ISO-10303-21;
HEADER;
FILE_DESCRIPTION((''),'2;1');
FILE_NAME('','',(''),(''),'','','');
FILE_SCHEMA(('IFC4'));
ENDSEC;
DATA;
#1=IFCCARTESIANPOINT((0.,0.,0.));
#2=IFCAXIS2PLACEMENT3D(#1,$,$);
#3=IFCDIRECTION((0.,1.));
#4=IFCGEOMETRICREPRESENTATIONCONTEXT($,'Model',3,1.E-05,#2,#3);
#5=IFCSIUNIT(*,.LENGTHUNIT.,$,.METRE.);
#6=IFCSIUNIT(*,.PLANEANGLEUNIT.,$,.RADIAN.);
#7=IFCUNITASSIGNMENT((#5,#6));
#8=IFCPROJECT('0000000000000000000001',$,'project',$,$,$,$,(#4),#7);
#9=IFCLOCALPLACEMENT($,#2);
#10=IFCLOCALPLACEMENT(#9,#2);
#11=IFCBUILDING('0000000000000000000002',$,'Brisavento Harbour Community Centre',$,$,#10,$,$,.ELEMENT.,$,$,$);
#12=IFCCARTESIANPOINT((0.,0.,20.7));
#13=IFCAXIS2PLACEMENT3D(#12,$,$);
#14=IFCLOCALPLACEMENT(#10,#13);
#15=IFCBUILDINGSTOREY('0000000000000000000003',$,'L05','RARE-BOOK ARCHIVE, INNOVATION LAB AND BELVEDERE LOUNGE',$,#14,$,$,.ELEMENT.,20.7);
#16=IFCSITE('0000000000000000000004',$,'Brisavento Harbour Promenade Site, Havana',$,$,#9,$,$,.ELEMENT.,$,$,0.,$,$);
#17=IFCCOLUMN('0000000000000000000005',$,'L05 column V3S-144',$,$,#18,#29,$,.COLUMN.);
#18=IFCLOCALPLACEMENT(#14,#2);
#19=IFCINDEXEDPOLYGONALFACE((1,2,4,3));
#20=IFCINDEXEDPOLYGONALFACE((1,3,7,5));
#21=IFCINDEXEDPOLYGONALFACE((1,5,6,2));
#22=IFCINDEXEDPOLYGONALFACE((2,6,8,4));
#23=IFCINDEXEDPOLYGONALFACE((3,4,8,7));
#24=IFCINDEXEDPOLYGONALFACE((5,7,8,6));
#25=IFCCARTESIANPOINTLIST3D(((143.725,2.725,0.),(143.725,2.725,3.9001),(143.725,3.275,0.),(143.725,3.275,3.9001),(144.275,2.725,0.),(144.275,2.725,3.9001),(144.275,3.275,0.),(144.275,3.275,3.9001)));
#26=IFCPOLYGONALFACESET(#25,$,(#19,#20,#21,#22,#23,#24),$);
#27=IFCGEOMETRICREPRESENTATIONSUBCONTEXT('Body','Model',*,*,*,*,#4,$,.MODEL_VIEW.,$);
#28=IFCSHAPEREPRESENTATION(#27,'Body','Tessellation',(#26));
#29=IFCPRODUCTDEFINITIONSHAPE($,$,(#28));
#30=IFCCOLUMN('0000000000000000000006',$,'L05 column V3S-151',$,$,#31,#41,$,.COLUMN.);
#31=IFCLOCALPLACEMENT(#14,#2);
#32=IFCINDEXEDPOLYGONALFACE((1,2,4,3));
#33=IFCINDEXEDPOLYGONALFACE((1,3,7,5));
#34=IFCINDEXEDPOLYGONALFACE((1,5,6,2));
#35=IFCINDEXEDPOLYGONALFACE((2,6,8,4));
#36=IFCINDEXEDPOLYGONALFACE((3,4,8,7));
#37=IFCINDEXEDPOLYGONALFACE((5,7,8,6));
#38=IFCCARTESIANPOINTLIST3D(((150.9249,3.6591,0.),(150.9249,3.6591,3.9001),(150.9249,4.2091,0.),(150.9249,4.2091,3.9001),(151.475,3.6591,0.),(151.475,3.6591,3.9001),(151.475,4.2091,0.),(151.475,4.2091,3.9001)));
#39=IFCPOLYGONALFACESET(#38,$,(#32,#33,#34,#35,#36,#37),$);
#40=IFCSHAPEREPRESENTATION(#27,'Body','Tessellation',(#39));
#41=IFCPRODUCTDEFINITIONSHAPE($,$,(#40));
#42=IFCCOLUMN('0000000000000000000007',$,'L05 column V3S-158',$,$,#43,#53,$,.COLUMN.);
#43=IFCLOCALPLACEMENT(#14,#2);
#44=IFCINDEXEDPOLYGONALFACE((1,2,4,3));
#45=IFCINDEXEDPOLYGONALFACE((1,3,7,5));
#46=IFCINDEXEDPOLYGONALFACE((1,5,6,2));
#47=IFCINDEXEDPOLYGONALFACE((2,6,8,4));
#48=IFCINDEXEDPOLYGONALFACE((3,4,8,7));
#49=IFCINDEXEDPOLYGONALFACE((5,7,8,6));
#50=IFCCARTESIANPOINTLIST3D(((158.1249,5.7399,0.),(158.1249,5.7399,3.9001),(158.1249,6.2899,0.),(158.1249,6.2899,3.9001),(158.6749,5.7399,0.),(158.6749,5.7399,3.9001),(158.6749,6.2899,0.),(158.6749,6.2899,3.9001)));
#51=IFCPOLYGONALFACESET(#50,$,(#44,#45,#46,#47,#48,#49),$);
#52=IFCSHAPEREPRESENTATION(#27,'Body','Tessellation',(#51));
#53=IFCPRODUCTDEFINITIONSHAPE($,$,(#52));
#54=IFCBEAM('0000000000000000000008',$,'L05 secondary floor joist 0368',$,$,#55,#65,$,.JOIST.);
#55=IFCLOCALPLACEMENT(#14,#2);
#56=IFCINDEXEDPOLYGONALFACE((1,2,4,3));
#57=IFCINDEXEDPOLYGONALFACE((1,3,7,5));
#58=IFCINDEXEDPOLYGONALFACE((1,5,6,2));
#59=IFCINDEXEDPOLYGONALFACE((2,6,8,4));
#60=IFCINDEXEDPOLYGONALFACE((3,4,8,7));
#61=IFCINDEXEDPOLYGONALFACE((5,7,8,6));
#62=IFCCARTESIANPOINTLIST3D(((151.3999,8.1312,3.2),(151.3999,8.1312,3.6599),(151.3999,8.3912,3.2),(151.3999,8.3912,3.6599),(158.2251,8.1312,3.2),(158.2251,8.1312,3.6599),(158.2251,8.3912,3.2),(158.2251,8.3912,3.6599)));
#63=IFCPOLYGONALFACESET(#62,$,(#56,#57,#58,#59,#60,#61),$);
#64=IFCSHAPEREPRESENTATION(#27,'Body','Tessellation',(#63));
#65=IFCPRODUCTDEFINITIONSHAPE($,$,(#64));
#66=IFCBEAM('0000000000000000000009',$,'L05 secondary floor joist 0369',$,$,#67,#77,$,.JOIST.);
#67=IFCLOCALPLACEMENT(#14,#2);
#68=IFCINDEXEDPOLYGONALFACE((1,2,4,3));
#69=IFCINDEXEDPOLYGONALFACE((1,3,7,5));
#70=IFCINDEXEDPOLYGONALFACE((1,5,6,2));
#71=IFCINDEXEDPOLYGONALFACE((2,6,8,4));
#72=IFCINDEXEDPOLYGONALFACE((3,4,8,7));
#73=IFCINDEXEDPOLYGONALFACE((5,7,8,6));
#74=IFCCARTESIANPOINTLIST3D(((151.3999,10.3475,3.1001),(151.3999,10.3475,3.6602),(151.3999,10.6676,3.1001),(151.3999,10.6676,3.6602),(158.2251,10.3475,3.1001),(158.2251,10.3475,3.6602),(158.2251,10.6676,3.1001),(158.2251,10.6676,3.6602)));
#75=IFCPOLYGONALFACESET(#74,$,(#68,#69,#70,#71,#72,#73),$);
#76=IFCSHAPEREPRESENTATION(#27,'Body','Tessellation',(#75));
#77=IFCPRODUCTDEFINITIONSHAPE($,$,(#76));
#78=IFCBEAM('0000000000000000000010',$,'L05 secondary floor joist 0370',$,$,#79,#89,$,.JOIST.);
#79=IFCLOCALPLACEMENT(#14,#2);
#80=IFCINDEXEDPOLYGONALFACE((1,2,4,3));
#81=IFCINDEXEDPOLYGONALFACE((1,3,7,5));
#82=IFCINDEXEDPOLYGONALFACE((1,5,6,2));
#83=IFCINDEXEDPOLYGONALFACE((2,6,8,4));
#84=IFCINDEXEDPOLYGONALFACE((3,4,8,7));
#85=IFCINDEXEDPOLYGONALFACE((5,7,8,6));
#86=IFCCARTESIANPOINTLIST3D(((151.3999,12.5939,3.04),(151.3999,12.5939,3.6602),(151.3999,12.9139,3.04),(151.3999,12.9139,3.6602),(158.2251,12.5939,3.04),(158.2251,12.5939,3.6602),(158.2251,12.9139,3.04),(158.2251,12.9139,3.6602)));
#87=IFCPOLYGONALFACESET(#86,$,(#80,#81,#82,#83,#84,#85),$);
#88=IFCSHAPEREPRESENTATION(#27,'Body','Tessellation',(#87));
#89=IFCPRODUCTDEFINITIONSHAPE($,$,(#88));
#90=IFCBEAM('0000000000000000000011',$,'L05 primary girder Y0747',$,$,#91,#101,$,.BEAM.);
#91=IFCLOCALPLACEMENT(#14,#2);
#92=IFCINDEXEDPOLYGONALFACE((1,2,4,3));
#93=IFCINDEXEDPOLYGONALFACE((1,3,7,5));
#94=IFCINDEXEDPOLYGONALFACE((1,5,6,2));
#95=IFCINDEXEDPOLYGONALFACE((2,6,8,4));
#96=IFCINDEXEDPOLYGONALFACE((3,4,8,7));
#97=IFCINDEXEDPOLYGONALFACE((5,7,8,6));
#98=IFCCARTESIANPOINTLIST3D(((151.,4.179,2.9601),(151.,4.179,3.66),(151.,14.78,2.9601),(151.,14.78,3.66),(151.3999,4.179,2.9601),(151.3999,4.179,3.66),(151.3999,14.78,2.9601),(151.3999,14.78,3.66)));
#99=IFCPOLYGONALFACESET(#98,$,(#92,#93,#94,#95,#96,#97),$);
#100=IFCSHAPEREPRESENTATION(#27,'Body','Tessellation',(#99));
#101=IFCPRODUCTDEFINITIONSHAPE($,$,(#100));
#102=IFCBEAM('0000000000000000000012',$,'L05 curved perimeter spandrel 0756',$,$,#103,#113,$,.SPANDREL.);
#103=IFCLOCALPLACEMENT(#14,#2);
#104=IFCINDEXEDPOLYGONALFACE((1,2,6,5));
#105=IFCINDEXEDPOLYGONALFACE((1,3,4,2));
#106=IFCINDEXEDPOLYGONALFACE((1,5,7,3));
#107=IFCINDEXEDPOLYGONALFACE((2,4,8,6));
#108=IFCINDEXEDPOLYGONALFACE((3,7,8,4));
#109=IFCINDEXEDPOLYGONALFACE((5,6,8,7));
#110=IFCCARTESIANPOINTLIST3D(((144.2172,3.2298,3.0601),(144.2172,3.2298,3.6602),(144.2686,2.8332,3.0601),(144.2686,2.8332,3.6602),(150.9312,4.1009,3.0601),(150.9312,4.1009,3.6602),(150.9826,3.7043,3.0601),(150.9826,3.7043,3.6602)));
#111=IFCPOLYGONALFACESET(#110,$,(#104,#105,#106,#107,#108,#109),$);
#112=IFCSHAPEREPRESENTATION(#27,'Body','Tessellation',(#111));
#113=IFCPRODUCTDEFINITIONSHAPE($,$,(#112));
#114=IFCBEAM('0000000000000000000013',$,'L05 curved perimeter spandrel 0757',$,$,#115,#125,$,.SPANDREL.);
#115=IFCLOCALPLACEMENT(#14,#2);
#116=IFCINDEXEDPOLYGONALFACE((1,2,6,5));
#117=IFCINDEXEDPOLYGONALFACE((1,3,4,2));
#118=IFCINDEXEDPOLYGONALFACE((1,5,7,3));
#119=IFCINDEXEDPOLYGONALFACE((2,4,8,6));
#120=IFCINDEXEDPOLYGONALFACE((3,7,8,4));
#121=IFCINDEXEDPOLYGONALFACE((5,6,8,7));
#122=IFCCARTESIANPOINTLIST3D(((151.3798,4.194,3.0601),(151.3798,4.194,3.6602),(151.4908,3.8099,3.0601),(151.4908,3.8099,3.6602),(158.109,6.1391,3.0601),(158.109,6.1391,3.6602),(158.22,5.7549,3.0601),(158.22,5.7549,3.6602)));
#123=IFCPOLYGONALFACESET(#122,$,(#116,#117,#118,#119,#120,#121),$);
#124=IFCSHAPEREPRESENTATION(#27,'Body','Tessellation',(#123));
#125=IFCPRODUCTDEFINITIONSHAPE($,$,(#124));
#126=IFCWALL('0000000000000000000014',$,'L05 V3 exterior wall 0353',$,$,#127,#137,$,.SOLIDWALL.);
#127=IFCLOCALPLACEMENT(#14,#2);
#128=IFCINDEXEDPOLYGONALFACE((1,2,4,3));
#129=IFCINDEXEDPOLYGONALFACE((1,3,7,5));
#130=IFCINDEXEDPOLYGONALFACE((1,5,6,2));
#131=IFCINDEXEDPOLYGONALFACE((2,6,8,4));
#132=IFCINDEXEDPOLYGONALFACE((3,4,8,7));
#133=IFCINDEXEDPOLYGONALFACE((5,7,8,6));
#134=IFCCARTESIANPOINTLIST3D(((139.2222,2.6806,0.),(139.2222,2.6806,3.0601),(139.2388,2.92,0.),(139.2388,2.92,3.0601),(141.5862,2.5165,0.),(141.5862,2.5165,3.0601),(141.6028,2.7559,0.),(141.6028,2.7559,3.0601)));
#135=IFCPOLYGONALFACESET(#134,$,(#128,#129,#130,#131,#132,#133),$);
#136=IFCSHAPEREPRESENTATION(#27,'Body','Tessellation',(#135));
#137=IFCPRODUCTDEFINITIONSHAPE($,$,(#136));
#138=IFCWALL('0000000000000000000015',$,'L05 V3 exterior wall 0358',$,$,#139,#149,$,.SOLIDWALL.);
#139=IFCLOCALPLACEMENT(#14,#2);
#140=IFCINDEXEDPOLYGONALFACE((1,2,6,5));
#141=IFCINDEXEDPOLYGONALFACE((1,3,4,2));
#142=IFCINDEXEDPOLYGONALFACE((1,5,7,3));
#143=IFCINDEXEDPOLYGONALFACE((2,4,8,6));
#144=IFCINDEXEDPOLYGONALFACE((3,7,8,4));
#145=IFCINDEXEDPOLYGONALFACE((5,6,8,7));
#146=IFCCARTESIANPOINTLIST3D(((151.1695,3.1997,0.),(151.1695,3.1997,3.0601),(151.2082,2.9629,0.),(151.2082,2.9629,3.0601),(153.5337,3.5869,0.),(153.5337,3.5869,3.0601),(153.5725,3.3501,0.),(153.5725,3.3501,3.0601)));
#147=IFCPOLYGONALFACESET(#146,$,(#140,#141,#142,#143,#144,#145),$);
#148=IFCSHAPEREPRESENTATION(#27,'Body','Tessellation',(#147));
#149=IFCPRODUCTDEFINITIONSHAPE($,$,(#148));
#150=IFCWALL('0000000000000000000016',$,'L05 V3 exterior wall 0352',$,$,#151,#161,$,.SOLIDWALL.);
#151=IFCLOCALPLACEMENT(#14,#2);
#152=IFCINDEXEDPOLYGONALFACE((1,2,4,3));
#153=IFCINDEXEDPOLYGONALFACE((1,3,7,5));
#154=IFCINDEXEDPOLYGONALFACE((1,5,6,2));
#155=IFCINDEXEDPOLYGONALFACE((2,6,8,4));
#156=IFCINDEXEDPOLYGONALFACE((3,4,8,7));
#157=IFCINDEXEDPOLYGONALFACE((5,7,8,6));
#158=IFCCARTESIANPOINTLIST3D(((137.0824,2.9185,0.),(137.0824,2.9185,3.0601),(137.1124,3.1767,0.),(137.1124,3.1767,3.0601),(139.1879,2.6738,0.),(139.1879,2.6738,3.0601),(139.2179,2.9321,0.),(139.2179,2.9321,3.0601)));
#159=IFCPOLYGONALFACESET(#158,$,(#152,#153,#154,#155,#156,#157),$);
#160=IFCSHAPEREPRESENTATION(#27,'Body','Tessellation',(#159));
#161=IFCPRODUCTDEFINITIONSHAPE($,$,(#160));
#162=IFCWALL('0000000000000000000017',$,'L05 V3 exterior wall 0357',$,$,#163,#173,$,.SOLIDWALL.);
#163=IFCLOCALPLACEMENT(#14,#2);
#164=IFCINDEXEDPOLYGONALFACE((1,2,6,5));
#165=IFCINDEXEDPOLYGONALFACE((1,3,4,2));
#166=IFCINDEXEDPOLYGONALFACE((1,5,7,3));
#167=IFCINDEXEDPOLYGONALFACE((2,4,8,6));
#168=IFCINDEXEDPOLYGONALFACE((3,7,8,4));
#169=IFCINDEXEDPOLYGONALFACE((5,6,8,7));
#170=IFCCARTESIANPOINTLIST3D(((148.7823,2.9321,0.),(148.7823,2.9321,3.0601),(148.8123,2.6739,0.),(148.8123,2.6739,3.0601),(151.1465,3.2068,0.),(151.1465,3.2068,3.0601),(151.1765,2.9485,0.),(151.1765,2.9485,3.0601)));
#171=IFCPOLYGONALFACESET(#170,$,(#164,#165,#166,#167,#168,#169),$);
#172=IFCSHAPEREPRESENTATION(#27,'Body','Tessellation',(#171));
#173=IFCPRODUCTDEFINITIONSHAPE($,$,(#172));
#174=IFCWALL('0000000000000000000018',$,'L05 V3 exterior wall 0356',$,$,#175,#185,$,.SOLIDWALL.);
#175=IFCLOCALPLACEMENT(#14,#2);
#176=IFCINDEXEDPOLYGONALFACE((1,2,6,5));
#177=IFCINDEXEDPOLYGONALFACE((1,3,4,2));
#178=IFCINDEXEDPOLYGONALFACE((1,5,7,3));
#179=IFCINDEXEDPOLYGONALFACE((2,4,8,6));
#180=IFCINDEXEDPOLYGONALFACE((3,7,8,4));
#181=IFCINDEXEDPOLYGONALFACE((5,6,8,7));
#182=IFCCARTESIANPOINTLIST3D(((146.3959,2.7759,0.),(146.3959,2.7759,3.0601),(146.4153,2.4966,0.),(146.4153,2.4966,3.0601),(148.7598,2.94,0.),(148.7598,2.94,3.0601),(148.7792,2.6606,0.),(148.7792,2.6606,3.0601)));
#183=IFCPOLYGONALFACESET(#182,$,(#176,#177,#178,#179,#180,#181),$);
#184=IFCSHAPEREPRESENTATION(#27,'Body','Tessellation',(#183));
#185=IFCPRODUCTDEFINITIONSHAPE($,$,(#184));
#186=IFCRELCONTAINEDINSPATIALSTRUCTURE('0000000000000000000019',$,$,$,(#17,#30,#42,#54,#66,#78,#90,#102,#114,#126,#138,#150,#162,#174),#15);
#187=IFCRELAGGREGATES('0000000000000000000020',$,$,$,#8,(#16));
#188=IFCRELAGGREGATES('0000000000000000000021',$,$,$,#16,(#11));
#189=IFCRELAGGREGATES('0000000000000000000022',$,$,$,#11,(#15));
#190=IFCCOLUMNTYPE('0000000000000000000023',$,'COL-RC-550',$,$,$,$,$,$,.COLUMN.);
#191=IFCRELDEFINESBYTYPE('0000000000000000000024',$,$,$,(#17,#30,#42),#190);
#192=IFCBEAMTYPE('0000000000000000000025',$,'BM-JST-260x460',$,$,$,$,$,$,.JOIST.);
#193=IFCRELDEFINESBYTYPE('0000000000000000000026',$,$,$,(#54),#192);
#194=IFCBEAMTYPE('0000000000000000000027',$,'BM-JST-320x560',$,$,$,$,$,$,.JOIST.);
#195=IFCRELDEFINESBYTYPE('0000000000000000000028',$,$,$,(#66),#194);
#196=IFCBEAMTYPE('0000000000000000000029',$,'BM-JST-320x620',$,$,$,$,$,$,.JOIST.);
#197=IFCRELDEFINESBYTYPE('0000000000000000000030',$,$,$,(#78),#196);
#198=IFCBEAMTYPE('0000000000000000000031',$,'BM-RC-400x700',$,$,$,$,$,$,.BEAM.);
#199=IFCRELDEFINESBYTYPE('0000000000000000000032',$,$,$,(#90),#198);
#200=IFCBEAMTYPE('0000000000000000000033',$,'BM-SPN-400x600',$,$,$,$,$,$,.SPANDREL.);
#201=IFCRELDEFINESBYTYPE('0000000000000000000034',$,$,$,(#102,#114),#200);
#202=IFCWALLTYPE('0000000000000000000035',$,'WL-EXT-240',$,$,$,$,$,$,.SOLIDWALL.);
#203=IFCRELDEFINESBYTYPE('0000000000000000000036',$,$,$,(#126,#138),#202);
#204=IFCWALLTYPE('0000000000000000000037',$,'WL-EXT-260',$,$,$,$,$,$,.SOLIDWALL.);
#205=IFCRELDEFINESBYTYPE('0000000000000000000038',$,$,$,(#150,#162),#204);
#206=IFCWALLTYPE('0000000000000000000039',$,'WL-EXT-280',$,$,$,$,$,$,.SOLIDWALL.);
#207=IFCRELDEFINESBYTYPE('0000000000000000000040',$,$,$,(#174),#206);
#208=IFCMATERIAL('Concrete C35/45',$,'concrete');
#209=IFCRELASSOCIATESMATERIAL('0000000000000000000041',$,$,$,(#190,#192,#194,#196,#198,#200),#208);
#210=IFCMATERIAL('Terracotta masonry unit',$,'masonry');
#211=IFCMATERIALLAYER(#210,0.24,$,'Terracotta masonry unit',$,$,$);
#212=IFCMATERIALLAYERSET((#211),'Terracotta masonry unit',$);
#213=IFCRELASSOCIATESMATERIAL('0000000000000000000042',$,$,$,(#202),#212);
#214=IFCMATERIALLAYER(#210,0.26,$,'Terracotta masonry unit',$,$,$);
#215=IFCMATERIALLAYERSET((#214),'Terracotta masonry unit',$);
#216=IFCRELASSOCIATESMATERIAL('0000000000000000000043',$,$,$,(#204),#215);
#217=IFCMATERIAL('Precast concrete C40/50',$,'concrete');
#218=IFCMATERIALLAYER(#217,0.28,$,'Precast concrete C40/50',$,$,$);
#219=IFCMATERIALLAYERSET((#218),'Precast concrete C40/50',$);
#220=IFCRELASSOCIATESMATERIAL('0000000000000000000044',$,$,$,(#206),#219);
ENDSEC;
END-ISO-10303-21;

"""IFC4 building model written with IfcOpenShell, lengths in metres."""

from ifc_helpers import new_model, si_unit, direction, frame, frame_2d, origin, origin_2d, place, context, subcontext, project, spatial, rectangle, extrude, material, layer, layer_set, material_profile, profile_set, type_object, element, save


model = new_model("IFC4")

# Units and contexts
model_context = context("Model", 3, precision=1e-05, world=origin(), true_north=direction((0.0, 1.0)))
body_context = subcontext(model_context, "Body", "Model", "MODEL_VIEW")
ifc_project = project(units=[si_unit("LENGTHUNIT", "METRE"), si_unit("PLANEANGLEUNIT", "RADIAN")], contexts=[model_context])

# Site, building, storey
site_placement = place(None, origin())
site = spatial("IfcSite", under=ifc_project, at=site_placement, Name="Brisavento Harbour Promenade Site, Havana", CompositionType="ELEMENT", RefElevation=0.0)
building_placement = place(site_placement, origin())
building = spatial("IfcBuilding", under=site, at=building_placement, Name="Brisavento Harbour Community Centre", CompositionType="ELEMENT")
storey_placement = place(building_placement, frame((0.0, 0.0, 20.7)))
storey = spatial("IfcBuildingStorey", under=building, at=storey_placement, Name="L05", Description="RARE-BOOK ARCHIVE, INNOVATION LAB AND BELVEDERE LOUNGE", CompositionType="ELEMENT", Elevation=20.7)

# Columns
ifc_material_1 = material(Name="Concrete C35/45", Category="concrete")
ifc_material_profile_1 = material_profile(ifc_material_1, rectangle(XDim=0.55, YDim=0.55, at=origin_2d()), Name="Concrete C35/45")
ifc_profile_set_1 = profile_set([ifc_material_profile_1], Name="Concrete C35/45")
column_type = type_object("IfcColumnType", Name="COL-RC-550", PredefinedType="COLUMN", material=ifc_profile_set_1)
for number, where, z_axis, x_axis, name in (
    (1, (144.0, 3.0, 0.0), (0.0, 0.0, 1.0), (1.0, 0.0, 0.0), "L05 column V3S-144"),
    (2, (151.2, 3.9341, 0.0), (0.0, 0.0, 1.0), (1.0, 0.0, 0.0), "L05 column V3S-151"),
    (3, (158.3999, 6.0149, 0.0), (0.0, 0.0, 1.0), (1.0, 0.0, 0.0), "L05 column V3S-158"),
):
    element("IfcColumn", number, at=place(storey_placement, frame(where, z_axis=z_axis, x_axis=x_axis)), inside=storey, type_object=column_type, Name=name, PredefinedType="COLUMN", context=body_context, shape_type="SweptSolid", body=[
        extrude(rectangle(XDim=0.55, YDim=0.55, at=origin_2d()), origin(), (0.0, 0.0, 1.0), 3.9001),
    ])

# Beams
ifc_material_profile_2 = material_profile(ifc_material_1, rectangle(XDim=0.26, YDim=0.46, at=origin_2d()), Name="Concrete C35/45")
ifc_profile_set_2 = profile_set([ifc_material_profile_2], Name="Concrete C35/45")
beam_type_1 = type_object("IfcBeamType", Name="BM-JST-260x460", PredefinedType="JOIST", material=ifc_profile_set_2)
beam_1_placement = place(storey_placement, frame((151.3999, 8.2612, 3.4299), z_axis=(1.0, 0.0, 0.0), x_axis=(0.0, 1.0, 0.0)))
element("IfcBeam", 4, at=beam_1_placement, inside=storey, type_object=beam_type_1, Name="L05 secondary floor joist 0368", PredefinedType="JOIST", context=body_context, shape_type="SweptSolid", body=[
    extrude(rectangle(XDim=0.26, YDim=0.46, at=origin_2d()), origin(), (0.0, 0.0, 1.0), 6.8252),
])
ifc_material_profile_3 = material_profile(ifc_material_1, rectangle(XDim=0.3201, YDim=0.5601, at=origin_2d()), Name="Concrete C35/45")
ifc_profile_set_3 = profile_set([ifc_material_profile_3], Name="Concrete C35/45")
beam_type_2 = type_object("IfcBeamType", Name="BM-JST-320x560", PredefinedType="JOIST", material=ifc_profile_set_3)
beam_2_placement = place(storey_placement, frame((151.3999, 10.5076, 3.3801), z_axis=(1.0, 0.0, 0.0), x_axis=(0.0, 1.0, 0.0)))
element("IfcBeam", 5, at=beam_2_placement, inside=storey, type_object=beam_type_2, Name="L05 secondary floor joist 0369", PredefinedType="JOIST", context=body_context, shape_type="SweptSolid", body=[
    extrude(rectangle(XDim=0.3201, YDim=0.5601, at=origin_2d()), origin(), (0.0, 0.0, 1.0), 6.8252),
])
ifc_material_profile_4 = material_profile(ifc_material_1, rectangle(XDim=0.3201, YDim=0.6201, at=origin_2d()), Name="Concrete C35/45")
ifc_profile_set_4 = profile_set([ifc_material_profile_4], Name="Concrete C35/45")
beam_type_3 = type_object("IfcBeamType", Name="BM-JST-320x620", PredefinedType="JOIST", material=ifc_profile_set_4)
beam_3_placement = place(storey_placement, frame((151.3999, 12.7539, 3.3501), z_axis=(1.0, 0.0, 0.0), x_axis=(0.0, 1.0, 0.0)))
element("IfcBeam", 6, at=beam_3_placement, inside=storey, type_object=beam_type_3, Name="L05 secondary floor joist 0370", PredefinedType="JOIST", context=body_context, shape_type="SweptSolid", body=[
    extrude(rectangle(XDim=0.3201, YDim=0.6201, at=origin_2d()), origin(), (0.0, 0.0, 1.0), 6.8252),
])
ifc_material_profile_5 = material_profile(ifc_material_1, rectangle(XDim=0.3999, YDim=0.7, at=origin_2d()), Name="Concrete C35/45")
ifc_profile_set_5 = profile_set([ifc_material_profile_5], Name="Concrete C35/45")
beam_type_4 = type_object("IfcBeamType", Name="BM-RC-400x700", PredefinedType="BEAM", material=ifc_profile_set_5)
beam_4_placement = place(storey_placement, frame((151.2, 4.179, 3.3101), z_axis=(0.0, 1.0, 0.0), x_axis=(-1.0, 0.0, 0.0)))
element("IfcBeam", 7, at=beam_4_placement, inside=storey, type_object=beam_type_4, Name="L05 primary girder Y0747", PredefinedType="BEAM", context=body_context, shape_type="SweptSolid", body=[
    extrude(rectangle(XDim=0.3999, YDim=0.7, at=origin_2d()), origin(), (0.0, 0.0, 1.0), 10.6011),
])
ifc_material_profile_6 = material_profile(ifc_material_1, rectangle(XDim=0.3999, YDim=0.6001, at=origin_2d()), Name="Concrete C35/45")
ifc_profile_set_6 = profile_set([ifc_material_profile_6], Name="Concrete C35/45")
beam_type_5 = type_object("IfcBeamType", Name="BM-SPN-400x600", PredefinedType="SPANDREL", material=ifc_profile_set_6)
beam_5_placement = place(storey_placement, frame((144.2429, 3.0315, 3.3601), z_axis=(0.991688, 0.128662, 0.0), x_axis=(-0.128662, 0.991688, 0.0)))
element("IfcBeam", 8, at=beam_5_placement, inside=storey, type_object=beam_type_5, Name="L05 curved perimeter spandrel 0756", PredefinedType="SPANDREL", context=body_context, shape_type="SweptSolid", body=[
    extrude(rectangle(XDim=0.3999, YDim=0.6001, at=origin_2d()), origin(), (0.0, 0.0, 1.0), 6.7703),
])
beam_6_placement = place(storey_placement, frame((151.4353, 4.002, 3.3601), z_axis=(0.960674, 0.27768, 0.0), x_axis=(-0.27768, 0.960674, 0.0)))
element("IfcBeam", 9, at=beam_6_placement, inside=storey, type_object=beam_type_5, Name="L05 curved perimeter spandrel 0757", PredefinedType="SPANDREL", context=body_context, shape_type="SweptSolid", body=[
    extrude(rectangle(XDim=0.3999, YDim=0.6001, at=origin_2d()), origin(), (0.0, 0.0, 1.0), 7.0046),
])

# Walls
ifc_material_2 = material(Name="Terracotta masonry unit", Category="masonry")
ifc_layer_1 = layer(ifc_material_2, 0.24, Name="Terracotta masonry unit")
ifc_layer_set_1 = layer_set([ifc_layer_1], Name="Terracotta masonry unit")
wall_type_1 = type_object("IfcWallType", Name="WL-EXT-240", PredefinedType="SOLIDWALL", material=ifc_layer_set_1)
wall_1_placement = place(storey_placement, frame((141.5945, 2.6362, 0.0), z_axis=(0.0, 0.0, 1.0), x_axis=(-0.9976, 0.069233, 0.0)))
element("IfcWall", 10, at=wall_1_placement, inside=storey, type_object=wall_type_1, Name="L05 V3 exterior wall 0353", PredefinedType="SOLIDWALL", context=body_context, shape_type="SweptSolid", body=[
    extrude(rectangle(XDim=2.3696, YDim=0.24, at=frame_2d((1.1848, 0.0))), origin(), (0.0, 0.0, 1.0), 3.0601),
])
wall_2_placement = place(storey_placement, frame((153.553, 3.4685, 0.0), z_axis=(0.0, 0.0, 1.0), x_axis=(-0.986853, -0.161622, 0.0)))
element("IfcWall", 11, at=wall_2_placement, inside=storey, type_object=wall_type_1, Name="L05 V3 exterior wall 0358", PredefinedType="SOLIDWALL", context=body_context, shape_type="SweptSolid", body=[
    extrude(rectangle(XDim=2.3958, YDim=0.24, at=frame_2d((1.1978, 0.0))), origin(), (0.0, 0.0, 1.0), 3.0601),
])
ifc_layer_2 = layer(ifc_material_2, 0.26, Name="Terracotta masonry unit")
ifc_layer_set_2 = layer_set([ifc_layer_2], Name="Terracotta masonry unit")
wall_type_2 = type_object("IfcWallType", Name="WL-EXT-260", PredefinedType="SOLIDWALL", material=ifc_layer_set_2)
wall_3_placement = place(storey_placement, frame((139.2029, 2.803, 0.0), z_axis=(0.0, 0.0, 1.0), x_axis=(-0.993318, 0.115411, 0.0)))
element("IfcWall", 12, at=wall_3_placement, inside=storey, type_object=wall_type_2, Name="L05 V3 exterior wall 0352", PredefinedType="SOLIDWALL", context=body_context, shape_type="SweptSolid", body=[
    extrude(rectangle(XDim=2.1196, YDim=0.26, at=frame_2d((1.0598, 0.0))), origin(), (0.0, 0.0, 1.0), 3.0601),
])
wall_4_placement = place(storey_placement, frame((151.1614, 3.0776, 0.0), z_axis=(0.0, 0.0, 1.0), x_axis=(-0.99332, -0.115395, 0.0)))
element("IfcWall", 13, at=wall_4_placement, inside=storey, type_object=wall_type_2, Name="L05 V3 exterior wall 0357", PredefinedType="SOLIDWALL", context=body_context, shape_type="SweptSolid", body=[
    extrude(rectangle(XDim=2.3801, YDim=0.26, at=frame_2d((1.1899, 0.0))), origin(), (0.0, 0.0, 1.0), 3.0601),
])
ifc_material_3 = material(Name="Precast concrete C40/50", Category="concrete")
ifc_layer_3 = layer(ifc_material_3, 0.28, Name="Precast concrete C40/50")
ifc_layer_set_3 = layer_set([ifc_layer_3], Name="Precast concrete C40/50")
wall_type_3 = type_object("IfcWallType", Name="WL-EXT-280", PredefinedType="SOLIDWALL", material=ifc_layer_set_3)
wall_5_placement = place(storey_placement, frame((148.7695, 2.8003, 0.0), z_axis=(0.0, 0.0, 1.0), x_axis=(-0.9976, -0.069233, 0.0)))
element("IfcWall", 14, at=wall_5_placement, inside=storey, type_object=wall_type_3, Name="L05 V3 exterior wall 0356", PredefinedType="SOLIDWALL", context=body_context, shape_type="SweptSolid", body=[
    extrude(rectangle(XDim=2.3696, YDim=0.28, at=frame_2d((1.1848, 0.0))), origin(), (0.0, 0.0, 1.0), 3.0601),
])

save(model, "model.ifc")
